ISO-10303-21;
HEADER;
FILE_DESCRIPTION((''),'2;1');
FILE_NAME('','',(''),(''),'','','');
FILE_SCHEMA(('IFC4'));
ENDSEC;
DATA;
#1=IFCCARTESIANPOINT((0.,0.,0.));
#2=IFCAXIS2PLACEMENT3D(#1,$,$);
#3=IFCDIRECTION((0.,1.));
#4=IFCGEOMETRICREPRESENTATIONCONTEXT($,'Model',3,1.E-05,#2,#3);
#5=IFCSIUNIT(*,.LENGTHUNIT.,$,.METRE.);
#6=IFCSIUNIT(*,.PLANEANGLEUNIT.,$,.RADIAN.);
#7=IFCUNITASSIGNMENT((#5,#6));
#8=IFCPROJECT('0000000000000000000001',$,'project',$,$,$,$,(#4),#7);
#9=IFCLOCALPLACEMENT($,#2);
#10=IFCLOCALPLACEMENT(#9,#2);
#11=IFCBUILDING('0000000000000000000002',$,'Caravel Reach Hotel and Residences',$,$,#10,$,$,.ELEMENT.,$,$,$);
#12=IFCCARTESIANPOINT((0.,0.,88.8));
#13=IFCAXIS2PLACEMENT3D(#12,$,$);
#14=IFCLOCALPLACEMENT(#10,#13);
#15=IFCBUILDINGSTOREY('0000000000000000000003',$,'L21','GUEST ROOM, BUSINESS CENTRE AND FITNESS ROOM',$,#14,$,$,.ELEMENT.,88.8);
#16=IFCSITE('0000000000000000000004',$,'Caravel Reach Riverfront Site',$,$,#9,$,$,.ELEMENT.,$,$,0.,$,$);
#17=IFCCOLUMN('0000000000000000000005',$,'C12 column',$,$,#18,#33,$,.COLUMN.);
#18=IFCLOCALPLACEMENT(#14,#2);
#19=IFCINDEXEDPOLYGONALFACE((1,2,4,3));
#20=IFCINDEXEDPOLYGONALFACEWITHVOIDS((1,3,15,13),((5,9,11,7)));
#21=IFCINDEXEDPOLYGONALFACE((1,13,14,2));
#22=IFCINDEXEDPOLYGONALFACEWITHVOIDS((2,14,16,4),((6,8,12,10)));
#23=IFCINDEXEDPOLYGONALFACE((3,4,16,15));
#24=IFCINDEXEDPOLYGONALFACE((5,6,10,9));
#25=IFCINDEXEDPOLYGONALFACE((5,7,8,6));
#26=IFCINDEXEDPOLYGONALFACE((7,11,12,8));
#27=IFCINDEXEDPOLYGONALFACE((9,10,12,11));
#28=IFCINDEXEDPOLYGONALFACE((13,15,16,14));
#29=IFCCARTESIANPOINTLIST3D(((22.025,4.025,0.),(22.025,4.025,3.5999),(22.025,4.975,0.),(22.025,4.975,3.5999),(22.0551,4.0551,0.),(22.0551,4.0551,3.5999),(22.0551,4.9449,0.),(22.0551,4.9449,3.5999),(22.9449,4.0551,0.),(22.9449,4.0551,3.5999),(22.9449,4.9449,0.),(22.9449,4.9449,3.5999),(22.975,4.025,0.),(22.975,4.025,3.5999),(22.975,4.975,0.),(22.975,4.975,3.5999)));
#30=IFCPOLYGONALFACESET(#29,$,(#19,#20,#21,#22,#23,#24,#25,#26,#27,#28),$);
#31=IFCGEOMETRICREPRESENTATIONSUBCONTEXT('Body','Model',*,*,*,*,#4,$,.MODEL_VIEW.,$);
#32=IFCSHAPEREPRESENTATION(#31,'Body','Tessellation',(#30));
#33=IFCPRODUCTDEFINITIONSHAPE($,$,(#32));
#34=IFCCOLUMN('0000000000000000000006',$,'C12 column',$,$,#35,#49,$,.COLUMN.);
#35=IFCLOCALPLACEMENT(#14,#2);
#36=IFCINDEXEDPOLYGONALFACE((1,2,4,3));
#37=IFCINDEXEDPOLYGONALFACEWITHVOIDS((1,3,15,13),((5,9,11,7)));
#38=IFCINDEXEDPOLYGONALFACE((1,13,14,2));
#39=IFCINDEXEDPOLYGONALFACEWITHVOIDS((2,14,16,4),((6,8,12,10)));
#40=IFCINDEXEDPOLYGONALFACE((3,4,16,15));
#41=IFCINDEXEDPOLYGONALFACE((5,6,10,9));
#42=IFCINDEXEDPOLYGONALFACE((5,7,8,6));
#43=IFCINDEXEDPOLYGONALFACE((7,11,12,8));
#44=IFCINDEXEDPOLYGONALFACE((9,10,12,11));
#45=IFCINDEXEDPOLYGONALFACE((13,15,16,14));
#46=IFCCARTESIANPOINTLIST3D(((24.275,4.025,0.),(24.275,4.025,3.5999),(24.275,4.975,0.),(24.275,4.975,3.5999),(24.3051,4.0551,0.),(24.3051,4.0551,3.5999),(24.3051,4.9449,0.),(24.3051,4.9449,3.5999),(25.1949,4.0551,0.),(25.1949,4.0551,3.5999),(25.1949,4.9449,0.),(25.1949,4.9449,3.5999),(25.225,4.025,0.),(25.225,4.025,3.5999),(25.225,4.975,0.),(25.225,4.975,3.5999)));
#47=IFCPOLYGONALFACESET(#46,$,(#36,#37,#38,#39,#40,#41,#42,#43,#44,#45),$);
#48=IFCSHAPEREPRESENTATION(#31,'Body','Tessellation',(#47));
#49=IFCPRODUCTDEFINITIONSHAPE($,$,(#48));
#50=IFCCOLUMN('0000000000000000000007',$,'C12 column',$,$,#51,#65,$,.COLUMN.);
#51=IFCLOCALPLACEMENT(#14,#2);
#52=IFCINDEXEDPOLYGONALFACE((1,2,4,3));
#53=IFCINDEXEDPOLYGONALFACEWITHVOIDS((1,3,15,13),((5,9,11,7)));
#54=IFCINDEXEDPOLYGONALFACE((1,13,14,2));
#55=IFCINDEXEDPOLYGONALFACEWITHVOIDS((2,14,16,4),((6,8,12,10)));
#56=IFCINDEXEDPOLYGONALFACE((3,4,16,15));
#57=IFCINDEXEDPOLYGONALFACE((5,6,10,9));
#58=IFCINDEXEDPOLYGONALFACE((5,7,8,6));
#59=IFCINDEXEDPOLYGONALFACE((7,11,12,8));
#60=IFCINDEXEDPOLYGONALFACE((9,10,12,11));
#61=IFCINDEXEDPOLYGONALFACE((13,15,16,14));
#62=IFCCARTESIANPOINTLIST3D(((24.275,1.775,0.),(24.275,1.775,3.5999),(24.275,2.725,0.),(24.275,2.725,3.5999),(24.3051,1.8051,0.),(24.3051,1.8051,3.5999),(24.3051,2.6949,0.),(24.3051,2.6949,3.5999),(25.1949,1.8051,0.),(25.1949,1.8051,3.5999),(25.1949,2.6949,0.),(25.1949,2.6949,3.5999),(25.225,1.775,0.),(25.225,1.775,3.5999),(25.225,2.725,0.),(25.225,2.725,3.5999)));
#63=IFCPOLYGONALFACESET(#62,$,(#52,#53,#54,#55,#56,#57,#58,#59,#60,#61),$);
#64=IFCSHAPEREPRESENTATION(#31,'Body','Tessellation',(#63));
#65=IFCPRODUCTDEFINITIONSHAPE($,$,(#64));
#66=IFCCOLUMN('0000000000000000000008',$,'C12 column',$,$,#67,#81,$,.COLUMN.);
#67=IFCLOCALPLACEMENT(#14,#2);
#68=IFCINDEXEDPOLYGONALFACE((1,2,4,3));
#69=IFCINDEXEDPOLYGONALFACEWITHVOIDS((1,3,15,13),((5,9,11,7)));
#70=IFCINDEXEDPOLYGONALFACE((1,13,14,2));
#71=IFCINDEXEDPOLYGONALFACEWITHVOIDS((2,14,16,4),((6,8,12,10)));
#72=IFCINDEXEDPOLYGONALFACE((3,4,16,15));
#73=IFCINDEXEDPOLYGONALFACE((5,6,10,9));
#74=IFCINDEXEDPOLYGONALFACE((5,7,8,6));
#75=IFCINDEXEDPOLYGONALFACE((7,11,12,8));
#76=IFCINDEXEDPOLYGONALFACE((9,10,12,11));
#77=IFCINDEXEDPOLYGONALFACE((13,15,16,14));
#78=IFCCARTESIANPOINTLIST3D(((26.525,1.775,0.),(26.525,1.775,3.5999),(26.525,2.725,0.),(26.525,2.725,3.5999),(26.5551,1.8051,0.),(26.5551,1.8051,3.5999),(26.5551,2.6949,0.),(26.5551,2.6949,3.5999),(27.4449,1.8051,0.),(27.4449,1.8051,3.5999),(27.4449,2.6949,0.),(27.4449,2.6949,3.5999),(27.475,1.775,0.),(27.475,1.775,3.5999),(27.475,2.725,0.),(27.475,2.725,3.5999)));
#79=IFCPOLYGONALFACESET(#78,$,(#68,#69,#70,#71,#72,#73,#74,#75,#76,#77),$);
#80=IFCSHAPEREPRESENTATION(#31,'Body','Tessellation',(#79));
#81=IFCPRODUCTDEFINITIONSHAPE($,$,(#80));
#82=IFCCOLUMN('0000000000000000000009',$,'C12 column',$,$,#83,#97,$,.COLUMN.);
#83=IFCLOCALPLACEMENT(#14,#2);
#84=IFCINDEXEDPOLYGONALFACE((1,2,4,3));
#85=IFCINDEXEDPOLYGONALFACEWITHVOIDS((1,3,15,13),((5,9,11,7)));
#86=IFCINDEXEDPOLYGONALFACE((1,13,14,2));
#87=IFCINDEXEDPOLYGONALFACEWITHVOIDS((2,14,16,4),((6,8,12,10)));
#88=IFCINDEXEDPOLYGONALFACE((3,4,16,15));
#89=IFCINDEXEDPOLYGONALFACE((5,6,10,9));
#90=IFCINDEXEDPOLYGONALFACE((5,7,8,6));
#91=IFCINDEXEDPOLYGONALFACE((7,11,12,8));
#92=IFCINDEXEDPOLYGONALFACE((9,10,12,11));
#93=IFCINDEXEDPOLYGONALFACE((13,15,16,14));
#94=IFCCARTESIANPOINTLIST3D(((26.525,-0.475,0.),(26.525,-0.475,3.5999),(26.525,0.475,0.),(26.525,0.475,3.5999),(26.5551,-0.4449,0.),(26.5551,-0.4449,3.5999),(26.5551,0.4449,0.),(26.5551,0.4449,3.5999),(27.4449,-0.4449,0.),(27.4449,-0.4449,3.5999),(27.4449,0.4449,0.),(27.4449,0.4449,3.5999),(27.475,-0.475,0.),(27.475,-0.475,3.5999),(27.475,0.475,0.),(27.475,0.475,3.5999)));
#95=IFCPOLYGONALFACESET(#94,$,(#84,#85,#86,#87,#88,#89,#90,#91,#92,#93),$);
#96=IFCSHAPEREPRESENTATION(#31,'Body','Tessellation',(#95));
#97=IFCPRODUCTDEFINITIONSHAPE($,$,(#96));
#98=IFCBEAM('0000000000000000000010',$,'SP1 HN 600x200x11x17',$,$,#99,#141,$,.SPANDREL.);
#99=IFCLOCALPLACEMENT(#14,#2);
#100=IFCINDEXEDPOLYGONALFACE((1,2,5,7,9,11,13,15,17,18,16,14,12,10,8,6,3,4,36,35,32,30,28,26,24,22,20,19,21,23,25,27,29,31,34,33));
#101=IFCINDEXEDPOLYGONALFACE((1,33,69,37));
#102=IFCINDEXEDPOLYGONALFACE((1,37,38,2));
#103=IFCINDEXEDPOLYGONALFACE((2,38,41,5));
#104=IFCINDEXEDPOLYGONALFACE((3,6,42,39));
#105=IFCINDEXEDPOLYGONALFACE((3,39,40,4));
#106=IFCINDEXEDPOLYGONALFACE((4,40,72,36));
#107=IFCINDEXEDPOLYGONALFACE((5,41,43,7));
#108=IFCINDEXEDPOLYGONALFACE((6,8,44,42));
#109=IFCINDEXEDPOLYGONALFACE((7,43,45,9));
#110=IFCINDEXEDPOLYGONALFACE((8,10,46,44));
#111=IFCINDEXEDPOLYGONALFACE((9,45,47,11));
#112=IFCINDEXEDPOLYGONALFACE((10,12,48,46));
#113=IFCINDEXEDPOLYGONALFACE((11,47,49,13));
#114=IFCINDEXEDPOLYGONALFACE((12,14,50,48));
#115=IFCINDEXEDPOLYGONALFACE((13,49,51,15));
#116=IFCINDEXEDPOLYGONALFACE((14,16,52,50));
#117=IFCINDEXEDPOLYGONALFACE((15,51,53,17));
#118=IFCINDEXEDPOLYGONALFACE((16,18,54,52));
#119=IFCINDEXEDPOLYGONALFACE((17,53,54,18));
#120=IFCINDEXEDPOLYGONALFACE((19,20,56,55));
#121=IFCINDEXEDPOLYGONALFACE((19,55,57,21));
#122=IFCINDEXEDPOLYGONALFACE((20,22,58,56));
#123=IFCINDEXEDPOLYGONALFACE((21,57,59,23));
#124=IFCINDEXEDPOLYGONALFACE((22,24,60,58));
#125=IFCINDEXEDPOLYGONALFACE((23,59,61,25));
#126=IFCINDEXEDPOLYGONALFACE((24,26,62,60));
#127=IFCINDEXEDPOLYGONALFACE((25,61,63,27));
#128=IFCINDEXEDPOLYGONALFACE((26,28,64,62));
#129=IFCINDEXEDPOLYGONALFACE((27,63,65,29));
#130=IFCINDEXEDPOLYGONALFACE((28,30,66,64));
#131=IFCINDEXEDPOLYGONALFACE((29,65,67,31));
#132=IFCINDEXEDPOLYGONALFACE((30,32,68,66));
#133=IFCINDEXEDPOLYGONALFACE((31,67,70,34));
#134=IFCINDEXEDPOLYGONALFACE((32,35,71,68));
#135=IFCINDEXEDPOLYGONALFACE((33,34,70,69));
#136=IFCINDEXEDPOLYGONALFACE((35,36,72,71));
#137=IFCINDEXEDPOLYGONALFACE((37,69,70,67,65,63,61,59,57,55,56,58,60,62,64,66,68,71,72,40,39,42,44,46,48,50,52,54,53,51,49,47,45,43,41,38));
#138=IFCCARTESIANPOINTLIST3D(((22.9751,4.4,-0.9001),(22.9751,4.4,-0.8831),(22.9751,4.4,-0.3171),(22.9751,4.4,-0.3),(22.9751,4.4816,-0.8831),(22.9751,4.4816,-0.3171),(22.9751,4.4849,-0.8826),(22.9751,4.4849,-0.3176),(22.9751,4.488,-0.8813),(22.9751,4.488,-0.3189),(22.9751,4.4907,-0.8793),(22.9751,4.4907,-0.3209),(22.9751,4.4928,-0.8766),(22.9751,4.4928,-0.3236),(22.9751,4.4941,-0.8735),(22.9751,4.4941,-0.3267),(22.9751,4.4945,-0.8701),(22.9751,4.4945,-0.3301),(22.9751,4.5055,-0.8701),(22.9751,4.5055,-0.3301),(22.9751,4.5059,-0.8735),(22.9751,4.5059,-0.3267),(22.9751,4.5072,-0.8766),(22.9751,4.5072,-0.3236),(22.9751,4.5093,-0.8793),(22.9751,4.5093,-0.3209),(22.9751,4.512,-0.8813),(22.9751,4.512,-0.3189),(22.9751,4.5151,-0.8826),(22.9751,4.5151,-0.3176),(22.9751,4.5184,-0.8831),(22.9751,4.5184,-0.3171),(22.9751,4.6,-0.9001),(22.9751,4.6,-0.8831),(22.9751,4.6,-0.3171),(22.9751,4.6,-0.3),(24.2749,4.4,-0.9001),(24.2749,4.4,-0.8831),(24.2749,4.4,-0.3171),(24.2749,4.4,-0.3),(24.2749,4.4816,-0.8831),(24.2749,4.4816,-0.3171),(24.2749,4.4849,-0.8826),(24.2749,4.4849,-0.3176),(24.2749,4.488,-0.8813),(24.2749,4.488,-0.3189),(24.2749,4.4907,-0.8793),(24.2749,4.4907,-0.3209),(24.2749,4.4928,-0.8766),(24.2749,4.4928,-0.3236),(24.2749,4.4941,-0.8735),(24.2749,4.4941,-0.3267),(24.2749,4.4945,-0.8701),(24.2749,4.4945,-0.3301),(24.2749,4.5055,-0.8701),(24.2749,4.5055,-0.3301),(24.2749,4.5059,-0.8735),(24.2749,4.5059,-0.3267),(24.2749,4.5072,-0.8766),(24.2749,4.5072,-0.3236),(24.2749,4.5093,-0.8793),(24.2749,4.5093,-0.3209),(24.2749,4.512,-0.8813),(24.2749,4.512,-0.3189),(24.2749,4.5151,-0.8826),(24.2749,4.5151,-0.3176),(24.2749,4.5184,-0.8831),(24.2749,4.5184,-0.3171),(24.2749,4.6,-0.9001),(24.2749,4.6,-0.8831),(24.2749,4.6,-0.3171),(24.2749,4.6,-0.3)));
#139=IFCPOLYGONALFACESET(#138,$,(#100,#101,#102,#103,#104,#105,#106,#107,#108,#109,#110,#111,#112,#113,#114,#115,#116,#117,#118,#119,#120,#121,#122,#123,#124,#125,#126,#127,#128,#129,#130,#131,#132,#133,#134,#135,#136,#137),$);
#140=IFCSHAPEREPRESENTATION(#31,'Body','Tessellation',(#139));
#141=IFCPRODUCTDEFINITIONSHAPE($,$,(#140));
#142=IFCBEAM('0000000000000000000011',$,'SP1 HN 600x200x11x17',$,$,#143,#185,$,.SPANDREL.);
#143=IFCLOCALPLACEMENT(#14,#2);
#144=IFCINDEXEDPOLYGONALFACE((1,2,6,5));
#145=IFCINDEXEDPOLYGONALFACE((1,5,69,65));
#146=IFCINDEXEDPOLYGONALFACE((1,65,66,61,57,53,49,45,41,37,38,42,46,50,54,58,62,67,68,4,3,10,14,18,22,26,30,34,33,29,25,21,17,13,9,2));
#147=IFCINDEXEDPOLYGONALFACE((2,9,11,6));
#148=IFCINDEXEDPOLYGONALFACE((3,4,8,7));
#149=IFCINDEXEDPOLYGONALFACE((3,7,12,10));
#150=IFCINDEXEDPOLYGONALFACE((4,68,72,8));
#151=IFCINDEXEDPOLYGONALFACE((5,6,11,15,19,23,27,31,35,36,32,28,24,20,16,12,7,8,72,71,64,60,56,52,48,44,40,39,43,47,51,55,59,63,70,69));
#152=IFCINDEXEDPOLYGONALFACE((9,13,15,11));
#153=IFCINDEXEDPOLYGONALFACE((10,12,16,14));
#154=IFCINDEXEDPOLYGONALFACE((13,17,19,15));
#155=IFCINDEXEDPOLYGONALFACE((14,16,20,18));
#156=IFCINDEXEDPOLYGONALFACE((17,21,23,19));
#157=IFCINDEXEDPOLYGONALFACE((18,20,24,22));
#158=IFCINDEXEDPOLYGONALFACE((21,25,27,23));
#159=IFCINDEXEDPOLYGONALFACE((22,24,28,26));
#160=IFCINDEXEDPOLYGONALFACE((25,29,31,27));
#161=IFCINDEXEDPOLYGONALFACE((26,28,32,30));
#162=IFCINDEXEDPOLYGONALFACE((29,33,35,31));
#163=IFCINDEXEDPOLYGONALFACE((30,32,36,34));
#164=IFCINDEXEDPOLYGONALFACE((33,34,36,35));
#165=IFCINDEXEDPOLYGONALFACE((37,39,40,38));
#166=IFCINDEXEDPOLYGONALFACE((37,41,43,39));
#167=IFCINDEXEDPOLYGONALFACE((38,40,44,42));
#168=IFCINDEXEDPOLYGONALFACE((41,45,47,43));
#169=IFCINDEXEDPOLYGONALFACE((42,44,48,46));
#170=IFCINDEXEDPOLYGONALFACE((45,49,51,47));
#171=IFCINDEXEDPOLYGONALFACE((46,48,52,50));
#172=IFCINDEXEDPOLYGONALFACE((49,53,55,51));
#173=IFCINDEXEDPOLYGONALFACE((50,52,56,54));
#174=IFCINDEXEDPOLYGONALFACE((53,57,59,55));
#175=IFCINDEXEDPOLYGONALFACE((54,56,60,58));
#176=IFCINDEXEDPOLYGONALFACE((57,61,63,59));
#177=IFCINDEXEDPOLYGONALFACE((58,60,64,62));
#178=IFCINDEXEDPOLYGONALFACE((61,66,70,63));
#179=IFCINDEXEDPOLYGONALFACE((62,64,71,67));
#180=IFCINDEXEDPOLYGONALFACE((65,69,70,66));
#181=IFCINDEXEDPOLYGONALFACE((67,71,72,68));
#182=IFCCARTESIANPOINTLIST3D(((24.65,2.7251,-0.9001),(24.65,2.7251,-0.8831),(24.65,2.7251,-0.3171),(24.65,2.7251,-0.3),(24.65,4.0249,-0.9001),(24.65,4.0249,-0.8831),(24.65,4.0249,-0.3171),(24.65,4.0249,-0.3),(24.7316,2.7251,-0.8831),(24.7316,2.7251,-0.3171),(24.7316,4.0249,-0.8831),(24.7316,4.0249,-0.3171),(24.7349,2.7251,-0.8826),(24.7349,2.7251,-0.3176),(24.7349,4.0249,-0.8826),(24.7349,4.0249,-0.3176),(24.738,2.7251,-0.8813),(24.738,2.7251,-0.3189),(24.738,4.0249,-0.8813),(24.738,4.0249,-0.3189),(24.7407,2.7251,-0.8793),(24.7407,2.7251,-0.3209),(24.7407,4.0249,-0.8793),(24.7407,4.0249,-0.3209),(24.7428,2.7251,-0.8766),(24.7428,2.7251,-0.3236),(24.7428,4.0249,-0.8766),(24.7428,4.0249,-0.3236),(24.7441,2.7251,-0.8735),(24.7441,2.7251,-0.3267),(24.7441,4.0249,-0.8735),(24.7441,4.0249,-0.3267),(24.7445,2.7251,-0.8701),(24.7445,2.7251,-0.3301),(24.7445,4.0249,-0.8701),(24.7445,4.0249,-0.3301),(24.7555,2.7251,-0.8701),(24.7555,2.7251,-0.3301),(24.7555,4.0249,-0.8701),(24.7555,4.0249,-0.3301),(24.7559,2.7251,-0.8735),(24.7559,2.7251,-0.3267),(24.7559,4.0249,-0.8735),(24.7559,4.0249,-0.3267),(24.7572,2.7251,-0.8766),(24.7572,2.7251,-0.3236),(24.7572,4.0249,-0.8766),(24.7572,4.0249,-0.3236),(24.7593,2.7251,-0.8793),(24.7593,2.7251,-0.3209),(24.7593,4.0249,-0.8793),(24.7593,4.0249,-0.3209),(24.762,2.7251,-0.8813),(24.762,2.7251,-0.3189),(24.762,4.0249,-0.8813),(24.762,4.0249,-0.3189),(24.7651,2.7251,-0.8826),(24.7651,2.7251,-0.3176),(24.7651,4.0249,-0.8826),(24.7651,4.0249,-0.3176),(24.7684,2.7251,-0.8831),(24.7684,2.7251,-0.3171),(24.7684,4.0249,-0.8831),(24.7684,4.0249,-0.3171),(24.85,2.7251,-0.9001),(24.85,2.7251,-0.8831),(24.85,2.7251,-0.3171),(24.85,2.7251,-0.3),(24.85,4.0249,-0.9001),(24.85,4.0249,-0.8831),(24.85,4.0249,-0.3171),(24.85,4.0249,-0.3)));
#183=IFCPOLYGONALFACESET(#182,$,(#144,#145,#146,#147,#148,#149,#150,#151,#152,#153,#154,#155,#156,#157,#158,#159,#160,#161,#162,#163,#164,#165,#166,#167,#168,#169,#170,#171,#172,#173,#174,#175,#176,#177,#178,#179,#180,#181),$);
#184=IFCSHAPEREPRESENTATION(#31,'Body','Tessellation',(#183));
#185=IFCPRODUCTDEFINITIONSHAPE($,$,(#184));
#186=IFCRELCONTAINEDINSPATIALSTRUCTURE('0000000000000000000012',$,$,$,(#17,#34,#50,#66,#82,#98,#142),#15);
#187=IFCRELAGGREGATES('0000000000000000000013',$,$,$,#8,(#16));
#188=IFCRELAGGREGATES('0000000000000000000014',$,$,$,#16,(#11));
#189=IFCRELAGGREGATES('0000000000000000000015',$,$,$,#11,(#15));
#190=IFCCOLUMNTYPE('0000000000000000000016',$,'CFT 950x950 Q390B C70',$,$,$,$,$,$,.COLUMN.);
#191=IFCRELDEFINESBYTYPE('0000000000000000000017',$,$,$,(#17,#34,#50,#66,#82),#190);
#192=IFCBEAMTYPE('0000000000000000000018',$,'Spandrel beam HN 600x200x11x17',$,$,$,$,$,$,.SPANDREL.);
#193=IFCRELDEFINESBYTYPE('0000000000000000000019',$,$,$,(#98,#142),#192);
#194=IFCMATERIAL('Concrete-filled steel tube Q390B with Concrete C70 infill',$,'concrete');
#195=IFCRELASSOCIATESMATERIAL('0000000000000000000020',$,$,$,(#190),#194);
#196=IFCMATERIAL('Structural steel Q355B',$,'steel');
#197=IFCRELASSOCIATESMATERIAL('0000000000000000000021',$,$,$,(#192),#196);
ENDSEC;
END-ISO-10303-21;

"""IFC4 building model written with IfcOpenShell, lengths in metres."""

from ifc_helpers import new_model, si_unit, direction, frame, origin, origin_2d, place, context, subcontext, project, spatial, hollow_rectangle, i_section, extrude, material, material_profile, profile_set, type_object, element, save


model = new_model("IFC4")

# Units and contexts
model_context = context("Model", 3, precision=1e-05, world=origin(), true_north=direction((0.0, 1.0)))
body_context = subcontext(model_context, "Body", "Model", "MODEL_VIEW")
ifc_project = project(units=[si_unit("LENGTHUNIT", "METRE"), si_unit("PLANEANGLEUNIT", "RADIAN")], contexts=[model_context])

# Site, building, storey
site_placement = place(None, origin())
site = spatial("IfcSite", under=ifc_project, at=site_placement, Name="Caravel Reach Riverfront Site", CompositionType="ELEMENT", RefElevation=0.0)
building_placement = place(site_placement, origin())
building = spatial("IfcBuilding", under=site, at=building_placement, Name="Caravel Reach Hotel and Residences", CompositionType="ELEMENT")
storey_placement = place(building_placement, frame((0.0, 0.0, 88.8)))
storey = spatial("IfcBuildingStorey", under=building, at=storey_placement, Name="L21", Description="GUEST ROOM, BUSINESS CENTRE AND FITNESS ROOM", CompositionType="ELEMENT", Elevation=88.8)

# Columns
ifc_material_1 = material(Name="Concrete-filled steel tube Q390B with Concrete C70 infill", Category="concrete")
ifc_material_profile_1 = material_profile(ifc_material_1, hollow_rectangle(XDim=0.95, YDim=0.95, WallThickness=0.03, at=origin_2d()), Name="RHS 950x950x30")
ifc_profile_set_1 = profile_set([ifc_material_profile_1], Name="Concrete-filled steel tube Q390B with Concrete C70 infill")
column_type = type_object("IfcColumnType", Name="CFT 950x950 Q390B C70", PredefinedType="COLUMN", material=ifc_profile_set_1)
for number, where, z_axis, x_axis, name in (
    (1, (22.5, 4.5, 0.0), (0.0, 0.0, 1.0), (1.0, 0.0, 0.0), "C12 column"),
    (2, (24.75, 4.5, 0.0), (0.0, 0.0, 1.0), (1.0, 0.0, 0.0), "C12 column"),
    (3, (24.75, 2.25, 0.0), (0.0, 0.0, 1.0), (1.0, 0.0, 0.0), "C12 column"),
    (4, (27.0, 2.25, 0.0), (0.0, 0.0, 1.0), (1.0, 0.0, 0.0), "C12 column"),
    (5, (27.0, 0.0, 0.0), (0.0, 0.0, 1.0), (1.0, 0.0, 0.0), "C12 column"),
):
    element("IfcColumn", number, at=place(storey_placement, frame(where, z_axis=z_axis, x_axis=x_axis)), inside=storey, type_object=column_type, Name=name, PredefinedType="COLUMN", context=body_context, shape_type="SweptSolid", body=[
        extrude(hollow_rectangle(XDim=0.95, YDim=0.95, WallThickness=0.03, at=origin_2d()), origin(), (0.0, 0.0, 1.0), 3.5999),
    ])

# Beams
ifc_material_2 = material(Name="Structural steel Q355B", Category="steel")
ifc_material_profile_2 = material_profile(ifc_material_2, i_section(OverallWidth=0.2, OverallDepth=0.6001, WebThickness=0.011, FlangeThickness=0.0171, FilletRadius=0.0129, at=origin_2d()), Name="HN 600x200x11x17")
ifc_profile_set_2 = profile_set([ifc_material_profile_2], Name="Structural steel Q355B")
beam_type = type_object("IfcBeamType", Name="Spandrel beam HN 600x200x11x17", PredefinedType="SPANDREL", material=ifc_profile_set_2)
for number, where, z_axis, x_axis, name in (
    (6, (22.9751, 4.5, -0.6001), (1.0, 0.0, 0.0), (0.0, 1.0, 0.0), "SP1 HN 600x200x11x17"),
    (7, (24.75, 4.0249, -0.6001), (0.0, -1.0, 0.0), (1.0, 0.0, 0.0), "SP1 HN 600x200x11x17"),
):
    element("IfcBeam", number, at=place(storey_placement, frame(where, z_axis=z_axis, x_axis=x_axis)), inside=storey, type_object=beam_type, Name=name, PredefinedType="SPANDREL", context=body_context, shape_type="SweptSolid", body=[
        extrude(i_section(OverallWidth=0.2, OverallDepth=0.6001, WebThickness=0.011, FlangeThickness=0.0171, FilletRadius=0.0129, at=origin_2d()), origin(), (0.0, 0.0, 1.0), 1.2998),
    ])

save(model, "model.ifc")
